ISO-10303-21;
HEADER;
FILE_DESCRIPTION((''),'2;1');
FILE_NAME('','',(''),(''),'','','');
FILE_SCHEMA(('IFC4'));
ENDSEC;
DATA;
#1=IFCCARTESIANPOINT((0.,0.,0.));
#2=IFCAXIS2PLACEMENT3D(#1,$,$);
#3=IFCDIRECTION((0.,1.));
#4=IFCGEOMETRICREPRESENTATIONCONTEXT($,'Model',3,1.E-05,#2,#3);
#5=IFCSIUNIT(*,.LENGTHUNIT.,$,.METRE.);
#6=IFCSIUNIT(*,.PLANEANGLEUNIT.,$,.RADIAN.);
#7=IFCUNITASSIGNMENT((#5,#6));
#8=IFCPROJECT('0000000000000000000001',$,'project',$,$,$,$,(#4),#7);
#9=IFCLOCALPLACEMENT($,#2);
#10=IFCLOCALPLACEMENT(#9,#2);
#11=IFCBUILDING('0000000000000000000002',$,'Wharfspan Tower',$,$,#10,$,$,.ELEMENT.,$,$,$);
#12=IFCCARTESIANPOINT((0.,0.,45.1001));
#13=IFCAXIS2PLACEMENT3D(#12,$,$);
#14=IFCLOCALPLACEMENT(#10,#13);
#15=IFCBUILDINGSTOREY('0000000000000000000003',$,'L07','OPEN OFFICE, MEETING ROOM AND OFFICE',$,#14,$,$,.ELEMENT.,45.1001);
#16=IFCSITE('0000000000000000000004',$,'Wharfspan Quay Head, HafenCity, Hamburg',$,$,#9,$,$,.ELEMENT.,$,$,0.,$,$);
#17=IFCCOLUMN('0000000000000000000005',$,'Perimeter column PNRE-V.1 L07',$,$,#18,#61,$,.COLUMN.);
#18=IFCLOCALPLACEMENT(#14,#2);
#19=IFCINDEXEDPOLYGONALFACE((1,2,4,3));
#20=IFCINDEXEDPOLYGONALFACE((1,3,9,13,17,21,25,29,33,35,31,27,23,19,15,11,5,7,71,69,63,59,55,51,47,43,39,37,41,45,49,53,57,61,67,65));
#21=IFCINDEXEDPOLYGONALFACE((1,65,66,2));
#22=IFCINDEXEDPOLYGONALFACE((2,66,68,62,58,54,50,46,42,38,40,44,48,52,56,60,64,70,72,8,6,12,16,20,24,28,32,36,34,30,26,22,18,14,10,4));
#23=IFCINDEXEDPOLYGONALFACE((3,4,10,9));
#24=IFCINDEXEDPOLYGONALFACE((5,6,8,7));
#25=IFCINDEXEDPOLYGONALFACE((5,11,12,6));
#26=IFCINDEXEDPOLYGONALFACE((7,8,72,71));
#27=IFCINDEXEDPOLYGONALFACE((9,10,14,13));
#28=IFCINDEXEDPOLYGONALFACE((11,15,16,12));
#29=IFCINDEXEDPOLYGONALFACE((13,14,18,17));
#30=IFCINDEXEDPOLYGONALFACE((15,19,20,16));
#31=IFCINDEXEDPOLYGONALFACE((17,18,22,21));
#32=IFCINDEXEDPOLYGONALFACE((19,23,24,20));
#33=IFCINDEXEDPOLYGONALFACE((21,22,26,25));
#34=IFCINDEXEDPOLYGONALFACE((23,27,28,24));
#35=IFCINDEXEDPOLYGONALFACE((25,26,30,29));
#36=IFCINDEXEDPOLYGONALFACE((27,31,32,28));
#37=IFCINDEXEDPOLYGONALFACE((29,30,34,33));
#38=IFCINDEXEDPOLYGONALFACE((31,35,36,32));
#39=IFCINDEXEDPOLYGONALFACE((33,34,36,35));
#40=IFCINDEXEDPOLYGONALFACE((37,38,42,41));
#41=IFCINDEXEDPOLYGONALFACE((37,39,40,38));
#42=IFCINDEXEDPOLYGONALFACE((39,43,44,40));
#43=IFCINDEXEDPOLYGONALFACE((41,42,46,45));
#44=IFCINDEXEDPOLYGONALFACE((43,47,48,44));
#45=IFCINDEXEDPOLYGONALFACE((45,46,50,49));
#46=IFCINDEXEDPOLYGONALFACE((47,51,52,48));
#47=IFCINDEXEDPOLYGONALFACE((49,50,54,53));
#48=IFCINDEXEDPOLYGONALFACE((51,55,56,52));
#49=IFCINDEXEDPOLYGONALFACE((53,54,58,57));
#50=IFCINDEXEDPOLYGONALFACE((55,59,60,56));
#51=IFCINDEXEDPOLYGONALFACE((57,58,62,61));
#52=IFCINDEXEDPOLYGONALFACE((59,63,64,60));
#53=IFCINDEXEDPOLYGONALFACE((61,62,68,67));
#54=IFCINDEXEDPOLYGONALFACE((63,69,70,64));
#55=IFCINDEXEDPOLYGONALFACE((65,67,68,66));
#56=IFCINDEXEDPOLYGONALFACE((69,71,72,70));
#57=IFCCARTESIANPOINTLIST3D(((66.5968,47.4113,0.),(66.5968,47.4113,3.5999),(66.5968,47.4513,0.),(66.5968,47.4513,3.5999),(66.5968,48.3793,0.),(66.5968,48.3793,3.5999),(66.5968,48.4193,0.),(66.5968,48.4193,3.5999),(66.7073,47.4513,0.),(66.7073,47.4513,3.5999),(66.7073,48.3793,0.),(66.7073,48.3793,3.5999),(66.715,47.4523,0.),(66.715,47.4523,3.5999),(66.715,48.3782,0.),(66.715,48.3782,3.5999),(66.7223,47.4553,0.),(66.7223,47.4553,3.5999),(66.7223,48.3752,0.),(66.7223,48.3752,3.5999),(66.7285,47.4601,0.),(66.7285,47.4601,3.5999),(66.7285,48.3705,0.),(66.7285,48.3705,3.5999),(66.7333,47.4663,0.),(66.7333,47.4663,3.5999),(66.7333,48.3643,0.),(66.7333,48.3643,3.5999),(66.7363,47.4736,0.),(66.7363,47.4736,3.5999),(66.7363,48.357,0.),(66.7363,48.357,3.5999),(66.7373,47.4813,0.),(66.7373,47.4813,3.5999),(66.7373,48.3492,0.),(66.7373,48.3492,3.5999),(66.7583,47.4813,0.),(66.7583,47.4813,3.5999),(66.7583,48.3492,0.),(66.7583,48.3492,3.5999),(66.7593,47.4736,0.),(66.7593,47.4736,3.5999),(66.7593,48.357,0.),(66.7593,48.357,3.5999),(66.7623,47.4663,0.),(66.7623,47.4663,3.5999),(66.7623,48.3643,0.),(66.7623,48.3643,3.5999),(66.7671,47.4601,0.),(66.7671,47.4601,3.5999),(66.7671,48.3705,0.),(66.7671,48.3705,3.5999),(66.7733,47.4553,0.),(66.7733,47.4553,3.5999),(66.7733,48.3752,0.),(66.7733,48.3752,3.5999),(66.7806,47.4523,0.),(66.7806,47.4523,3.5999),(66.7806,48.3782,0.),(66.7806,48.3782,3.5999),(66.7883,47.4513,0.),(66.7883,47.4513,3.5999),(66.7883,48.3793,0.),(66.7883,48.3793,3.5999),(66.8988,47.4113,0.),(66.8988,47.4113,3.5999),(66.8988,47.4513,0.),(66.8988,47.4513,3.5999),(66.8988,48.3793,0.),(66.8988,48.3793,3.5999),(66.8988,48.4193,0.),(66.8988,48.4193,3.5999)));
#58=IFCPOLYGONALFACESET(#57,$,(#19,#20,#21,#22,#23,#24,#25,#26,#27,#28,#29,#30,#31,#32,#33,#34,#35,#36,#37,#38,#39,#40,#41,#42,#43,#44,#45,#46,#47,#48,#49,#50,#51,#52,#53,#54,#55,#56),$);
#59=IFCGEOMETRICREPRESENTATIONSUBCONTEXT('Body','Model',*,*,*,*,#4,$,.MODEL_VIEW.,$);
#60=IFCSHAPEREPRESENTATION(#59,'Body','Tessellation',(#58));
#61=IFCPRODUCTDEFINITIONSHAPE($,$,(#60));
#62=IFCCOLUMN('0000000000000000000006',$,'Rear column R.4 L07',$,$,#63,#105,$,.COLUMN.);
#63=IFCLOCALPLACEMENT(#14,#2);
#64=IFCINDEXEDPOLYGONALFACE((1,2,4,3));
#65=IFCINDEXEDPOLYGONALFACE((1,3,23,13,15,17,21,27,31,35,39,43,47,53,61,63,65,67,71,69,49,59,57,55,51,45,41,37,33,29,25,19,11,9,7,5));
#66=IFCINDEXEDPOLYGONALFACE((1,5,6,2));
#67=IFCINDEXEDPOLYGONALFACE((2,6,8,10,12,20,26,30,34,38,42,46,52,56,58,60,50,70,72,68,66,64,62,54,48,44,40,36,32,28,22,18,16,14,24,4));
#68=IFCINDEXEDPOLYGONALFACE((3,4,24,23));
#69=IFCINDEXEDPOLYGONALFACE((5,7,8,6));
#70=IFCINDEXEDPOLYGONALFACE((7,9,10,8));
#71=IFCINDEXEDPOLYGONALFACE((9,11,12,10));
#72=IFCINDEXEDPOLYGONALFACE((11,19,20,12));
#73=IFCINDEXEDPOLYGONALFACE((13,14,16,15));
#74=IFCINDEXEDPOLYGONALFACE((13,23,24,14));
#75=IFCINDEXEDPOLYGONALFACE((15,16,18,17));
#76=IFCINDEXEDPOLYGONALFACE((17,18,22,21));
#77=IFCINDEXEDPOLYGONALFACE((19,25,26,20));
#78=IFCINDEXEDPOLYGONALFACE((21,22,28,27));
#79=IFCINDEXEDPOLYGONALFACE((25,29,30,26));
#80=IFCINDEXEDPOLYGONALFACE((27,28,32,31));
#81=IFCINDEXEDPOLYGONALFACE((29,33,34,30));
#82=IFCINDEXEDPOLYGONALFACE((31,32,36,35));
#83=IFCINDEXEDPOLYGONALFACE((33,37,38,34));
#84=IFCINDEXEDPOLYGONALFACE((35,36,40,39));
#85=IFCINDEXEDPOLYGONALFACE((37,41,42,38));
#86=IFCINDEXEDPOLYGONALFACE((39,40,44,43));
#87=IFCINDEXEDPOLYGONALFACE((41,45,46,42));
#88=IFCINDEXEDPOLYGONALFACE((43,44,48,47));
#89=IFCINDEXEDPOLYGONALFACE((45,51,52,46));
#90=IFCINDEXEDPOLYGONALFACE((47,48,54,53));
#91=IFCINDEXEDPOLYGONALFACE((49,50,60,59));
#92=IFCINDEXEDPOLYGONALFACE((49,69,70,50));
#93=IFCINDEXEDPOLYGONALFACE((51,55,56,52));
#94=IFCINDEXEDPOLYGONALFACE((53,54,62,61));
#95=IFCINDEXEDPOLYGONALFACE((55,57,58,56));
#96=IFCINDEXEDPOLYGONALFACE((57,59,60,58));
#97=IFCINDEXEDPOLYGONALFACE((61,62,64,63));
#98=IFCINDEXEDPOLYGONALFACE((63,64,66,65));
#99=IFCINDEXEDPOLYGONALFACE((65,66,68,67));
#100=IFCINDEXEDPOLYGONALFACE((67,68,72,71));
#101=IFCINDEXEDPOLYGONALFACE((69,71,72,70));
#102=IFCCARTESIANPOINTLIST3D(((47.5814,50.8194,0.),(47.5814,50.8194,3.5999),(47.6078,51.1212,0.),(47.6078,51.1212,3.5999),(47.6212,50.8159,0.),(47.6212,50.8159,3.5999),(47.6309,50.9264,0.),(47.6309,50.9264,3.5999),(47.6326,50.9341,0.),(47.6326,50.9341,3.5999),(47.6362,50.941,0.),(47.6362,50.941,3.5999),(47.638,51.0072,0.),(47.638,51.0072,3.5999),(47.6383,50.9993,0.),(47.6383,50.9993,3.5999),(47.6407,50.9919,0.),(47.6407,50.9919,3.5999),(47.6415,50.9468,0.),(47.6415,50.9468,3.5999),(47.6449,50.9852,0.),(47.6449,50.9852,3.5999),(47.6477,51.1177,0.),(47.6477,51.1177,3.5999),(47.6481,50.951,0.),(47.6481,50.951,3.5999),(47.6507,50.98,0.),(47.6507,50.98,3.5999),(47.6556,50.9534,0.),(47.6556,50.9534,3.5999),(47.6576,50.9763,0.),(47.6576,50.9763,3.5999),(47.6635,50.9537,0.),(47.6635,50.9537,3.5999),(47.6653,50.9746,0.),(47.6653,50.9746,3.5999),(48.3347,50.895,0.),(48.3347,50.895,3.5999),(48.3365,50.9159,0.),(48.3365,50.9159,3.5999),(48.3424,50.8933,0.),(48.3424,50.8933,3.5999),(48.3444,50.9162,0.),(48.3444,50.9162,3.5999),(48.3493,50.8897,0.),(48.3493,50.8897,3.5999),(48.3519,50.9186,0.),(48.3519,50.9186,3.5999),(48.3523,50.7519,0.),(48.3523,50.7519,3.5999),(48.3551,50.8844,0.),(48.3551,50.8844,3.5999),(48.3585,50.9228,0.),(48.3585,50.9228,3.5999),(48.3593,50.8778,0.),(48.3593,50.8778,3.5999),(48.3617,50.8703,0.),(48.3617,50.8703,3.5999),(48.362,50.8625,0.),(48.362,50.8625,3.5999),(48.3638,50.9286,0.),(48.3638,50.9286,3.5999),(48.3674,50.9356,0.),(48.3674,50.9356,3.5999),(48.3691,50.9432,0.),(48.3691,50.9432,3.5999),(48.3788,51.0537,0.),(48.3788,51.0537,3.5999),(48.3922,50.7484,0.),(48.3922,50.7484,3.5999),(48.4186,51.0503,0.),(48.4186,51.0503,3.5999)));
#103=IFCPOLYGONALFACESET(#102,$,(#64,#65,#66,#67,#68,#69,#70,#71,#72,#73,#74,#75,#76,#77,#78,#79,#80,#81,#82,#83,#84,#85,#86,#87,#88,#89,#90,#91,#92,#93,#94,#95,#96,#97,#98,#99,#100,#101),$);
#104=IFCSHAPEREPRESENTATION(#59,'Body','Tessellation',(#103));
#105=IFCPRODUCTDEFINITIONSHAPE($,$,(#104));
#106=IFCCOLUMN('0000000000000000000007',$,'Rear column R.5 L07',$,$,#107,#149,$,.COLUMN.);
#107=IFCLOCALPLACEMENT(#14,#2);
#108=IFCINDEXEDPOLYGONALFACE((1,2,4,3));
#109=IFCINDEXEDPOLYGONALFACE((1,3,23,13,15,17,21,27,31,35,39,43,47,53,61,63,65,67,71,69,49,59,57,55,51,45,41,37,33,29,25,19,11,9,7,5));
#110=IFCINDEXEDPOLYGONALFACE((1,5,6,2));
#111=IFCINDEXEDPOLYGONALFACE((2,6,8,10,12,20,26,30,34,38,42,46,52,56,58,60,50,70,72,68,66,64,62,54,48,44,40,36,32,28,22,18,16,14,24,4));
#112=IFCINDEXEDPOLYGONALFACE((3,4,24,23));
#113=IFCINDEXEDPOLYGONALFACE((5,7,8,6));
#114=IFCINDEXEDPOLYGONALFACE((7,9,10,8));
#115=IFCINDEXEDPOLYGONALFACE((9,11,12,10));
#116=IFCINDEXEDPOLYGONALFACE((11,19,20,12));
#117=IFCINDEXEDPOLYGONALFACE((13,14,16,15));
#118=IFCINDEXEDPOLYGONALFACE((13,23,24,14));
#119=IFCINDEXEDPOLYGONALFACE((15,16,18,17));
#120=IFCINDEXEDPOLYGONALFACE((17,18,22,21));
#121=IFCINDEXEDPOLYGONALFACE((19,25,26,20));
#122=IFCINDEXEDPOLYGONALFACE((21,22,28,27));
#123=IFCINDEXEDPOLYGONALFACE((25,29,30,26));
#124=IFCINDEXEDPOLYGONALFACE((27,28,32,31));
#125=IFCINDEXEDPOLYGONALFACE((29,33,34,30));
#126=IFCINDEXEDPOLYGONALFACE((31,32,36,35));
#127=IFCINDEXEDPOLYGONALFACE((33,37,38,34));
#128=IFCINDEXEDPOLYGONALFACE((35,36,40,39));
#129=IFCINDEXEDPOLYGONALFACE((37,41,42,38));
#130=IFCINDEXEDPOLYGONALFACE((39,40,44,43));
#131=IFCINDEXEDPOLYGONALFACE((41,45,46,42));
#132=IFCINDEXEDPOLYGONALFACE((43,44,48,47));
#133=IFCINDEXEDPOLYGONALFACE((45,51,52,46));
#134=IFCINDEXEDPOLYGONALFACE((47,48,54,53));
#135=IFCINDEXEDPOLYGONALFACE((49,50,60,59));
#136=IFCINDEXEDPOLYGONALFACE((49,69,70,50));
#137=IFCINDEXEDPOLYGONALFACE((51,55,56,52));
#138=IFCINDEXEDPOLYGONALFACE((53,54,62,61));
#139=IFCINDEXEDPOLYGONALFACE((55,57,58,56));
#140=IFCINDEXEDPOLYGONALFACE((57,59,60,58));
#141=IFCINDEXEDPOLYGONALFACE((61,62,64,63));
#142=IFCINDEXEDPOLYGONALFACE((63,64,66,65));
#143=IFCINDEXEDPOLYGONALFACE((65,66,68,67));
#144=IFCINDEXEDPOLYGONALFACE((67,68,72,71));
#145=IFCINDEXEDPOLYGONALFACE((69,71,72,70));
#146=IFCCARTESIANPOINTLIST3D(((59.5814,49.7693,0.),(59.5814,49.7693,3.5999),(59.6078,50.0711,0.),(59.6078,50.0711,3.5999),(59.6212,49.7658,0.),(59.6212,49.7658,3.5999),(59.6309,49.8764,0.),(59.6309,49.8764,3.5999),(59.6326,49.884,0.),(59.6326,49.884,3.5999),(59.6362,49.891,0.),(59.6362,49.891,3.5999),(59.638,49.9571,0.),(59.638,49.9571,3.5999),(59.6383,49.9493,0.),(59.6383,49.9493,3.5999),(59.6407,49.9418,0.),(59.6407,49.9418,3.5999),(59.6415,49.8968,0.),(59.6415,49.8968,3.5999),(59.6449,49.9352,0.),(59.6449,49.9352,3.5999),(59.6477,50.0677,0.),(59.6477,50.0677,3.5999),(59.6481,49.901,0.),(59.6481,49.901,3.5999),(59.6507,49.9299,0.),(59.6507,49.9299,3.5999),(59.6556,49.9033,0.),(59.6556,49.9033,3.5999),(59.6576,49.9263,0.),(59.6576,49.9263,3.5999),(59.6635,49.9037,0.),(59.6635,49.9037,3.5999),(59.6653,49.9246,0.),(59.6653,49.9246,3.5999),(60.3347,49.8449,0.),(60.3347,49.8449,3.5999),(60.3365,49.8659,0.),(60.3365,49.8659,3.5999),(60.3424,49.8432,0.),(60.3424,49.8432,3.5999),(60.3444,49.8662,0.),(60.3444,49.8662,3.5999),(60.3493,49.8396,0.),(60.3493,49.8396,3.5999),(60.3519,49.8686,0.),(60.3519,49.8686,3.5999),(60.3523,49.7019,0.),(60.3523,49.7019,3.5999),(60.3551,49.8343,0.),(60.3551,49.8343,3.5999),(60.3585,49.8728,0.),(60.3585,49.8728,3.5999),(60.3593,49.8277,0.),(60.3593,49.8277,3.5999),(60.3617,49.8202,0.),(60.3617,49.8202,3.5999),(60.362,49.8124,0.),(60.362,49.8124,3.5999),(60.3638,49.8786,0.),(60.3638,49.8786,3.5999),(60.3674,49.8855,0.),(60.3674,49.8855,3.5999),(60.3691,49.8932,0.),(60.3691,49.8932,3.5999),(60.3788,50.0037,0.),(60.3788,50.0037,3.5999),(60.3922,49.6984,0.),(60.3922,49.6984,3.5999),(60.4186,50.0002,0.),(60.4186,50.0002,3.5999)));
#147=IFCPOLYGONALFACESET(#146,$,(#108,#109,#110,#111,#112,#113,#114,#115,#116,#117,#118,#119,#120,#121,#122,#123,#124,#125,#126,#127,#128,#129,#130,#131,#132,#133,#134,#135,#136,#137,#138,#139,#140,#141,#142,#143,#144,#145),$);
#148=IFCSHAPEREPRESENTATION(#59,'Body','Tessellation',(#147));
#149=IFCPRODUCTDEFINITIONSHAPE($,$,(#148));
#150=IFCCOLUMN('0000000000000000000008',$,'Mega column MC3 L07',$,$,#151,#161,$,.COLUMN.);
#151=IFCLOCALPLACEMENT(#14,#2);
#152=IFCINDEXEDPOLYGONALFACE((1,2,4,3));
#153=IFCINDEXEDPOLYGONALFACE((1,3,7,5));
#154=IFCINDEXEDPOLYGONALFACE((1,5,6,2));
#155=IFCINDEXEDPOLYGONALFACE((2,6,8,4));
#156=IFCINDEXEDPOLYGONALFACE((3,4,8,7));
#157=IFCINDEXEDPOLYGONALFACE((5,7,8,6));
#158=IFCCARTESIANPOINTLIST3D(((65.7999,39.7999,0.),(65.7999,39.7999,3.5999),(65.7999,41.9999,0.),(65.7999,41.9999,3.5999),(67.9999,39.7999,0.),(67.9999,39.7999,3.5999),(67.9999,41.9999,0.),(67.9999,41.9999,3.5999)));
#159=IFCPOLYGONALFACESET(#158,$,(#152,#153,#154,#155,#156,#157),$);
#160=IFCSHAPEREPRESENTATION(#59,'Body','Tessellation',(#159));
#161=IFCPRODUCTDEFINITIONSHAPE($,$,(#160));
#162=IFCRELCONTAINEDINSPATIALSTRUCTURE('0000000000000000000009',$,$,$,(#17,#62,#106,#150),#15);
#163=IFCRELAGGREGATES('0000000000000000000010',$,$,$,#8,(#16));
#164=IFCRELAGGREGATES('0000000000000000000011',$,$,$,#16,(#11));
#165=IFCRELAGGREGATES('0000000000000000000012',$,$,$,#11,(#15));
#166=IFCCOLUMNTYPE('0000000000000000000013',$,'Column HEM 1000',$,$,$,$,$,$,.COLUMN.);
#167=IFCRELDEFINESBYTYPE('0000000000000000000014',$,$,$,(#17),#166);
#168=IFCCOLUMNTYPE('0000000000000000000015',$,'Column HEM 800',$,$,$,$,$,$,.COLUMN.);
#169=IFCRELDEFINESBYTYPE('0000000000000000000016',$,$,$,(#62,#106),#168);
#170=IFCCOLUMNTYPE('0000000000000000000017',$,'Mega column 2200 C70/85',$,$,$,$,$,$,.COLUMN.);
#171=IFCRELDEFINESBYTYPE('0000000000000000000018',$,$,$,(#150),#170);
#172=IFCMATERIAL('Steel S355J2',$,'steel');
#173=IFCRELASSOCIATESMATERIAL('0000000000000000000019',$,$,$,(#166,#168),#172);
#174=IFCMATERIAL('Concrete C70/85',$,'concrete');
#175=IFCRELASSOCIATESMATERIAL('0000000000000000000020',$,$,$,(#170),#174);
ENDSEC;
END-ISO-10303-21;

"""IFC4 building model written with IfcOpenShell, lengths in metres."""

from ifc_helpers import new_model, si_unit, direction, frame, origin, origin_2d, place, context, subcontext, project, spatial, rectangle, i_section, extrude, material, material_profile, profile_set, type_object, element, save


model = new_model("IFC4")

# Units and contexts
model_context = context("Model", 3, precision=1e-05, world=origin(), true_north=direction((0.0, 1.0)))
body_context = subcontext(model_context, "Body", "Model", "MODEL_VIEW")
ifc_project = project(units=[si_unit("LENGTHUNIT", "METRE"), si_unit("PLANEANGLEUNIT", "RADIAN")], contexts=[model_context])

# Site, building, storey
site_placement = place(None, origin())
site = spatial("IfcSite", under=ifc_project, at=site_placement, Name="Wharfspan Quay Head, HafenCity, Hamburg", CompositionType="ELEMENT", RefElevation=0.0)
building_placement = place(site_placement, origin())
building = spatial("IfcBuilding", under=site, at=building_placement, Name="Wharfspan Tower", CompositionType="ELEMENT")
storey_placement = place(building_placement, frame((0.0, 0.0, 45.1001)))
storey = spatial("IfcBuildingStorey", under=building, at=storey_placement, Name="L07", Description="OPEN OFFICE, MEETING ROOM AND OFFICE", CompositionType="ELEMENT", Elevation=45.1001)

# Columns
ifc_material_1 = material(Name="Steel S355J2", Category="steel")
ifc_material_profile_1 = material_profile(ifc_material_1, i_section(OverallWidth=0.302, OverallDepth=1.0081, WebThickness=0.021, FlangeThickness=0.04, FilletRadius=0.03, at=origin_2d()))
ifc_profile_set_1 = profile_set([ifc_material_profile_1], Name="Steel S355J2")
column_type_1 = type_object("IfcColumnType", Name="Column HEM 1000", PredefinedType="COLUMN", material=ifc_profile_set_1)
column_1_placement = place(storey_placement, frame((66.7478, 47.9153, 0.0), z_axis=(0.0, 0.0, 1.0), x_axis=(1.0, 0.0, 0.0)))
element("IfcColumn", 1, at=column_1_placement, inside=storey, type_object=column_type_1, Name="Perimeter column PNRE-V.1 L07", PredefinedType="COLUMN", context=body_context, shape_type="SweptSolid", body=[
    extrude(i_section(OverallWidth=0.302, OverallDepth=1.0081, WebThickness=0.021, FlangeThickness=0.04, FilletRadius=0.03, at=origin_2d()), origin(), (0.0, 0.0, 1.0), 3.5999),
])
ifc_material_profile_2 = material_profile(ifc_material_1, i_section(OverallWidth=0.303, OverallDepth=0.814, WebThickness=0.021, FlangeThickness=0.04, FilletRadius=0.03, at=origin_2d()))
ifc_profile_set_2 = profile_set([ifc_material_profile_2], Name="Steel S355J2")
column_type_2 = type_object("IfcColumnType", Name="Column HEM 800", PredefinedType="COLUMN", material=ifc_profile_set_2)
for number, where, z_axis, x_axis, name in (
    (2, (48.0, 50.9348, 0.0), (0.0, 0.0, 1.0), (0.087156, 0.996197, 0.0), "Rear column R.4 L07"),
    (3, (60.0, 49.8848, 0.0), (0.0, 0.0, 1.0), (0.087156, 0.996197, 0.0), "Rear column R.5 L07"),
):
    element("IfcColumn", number, at=place(storey_placement, frame(where, z_axis=z_axis, x_axis=x_axis)), inside=storey, type_object=column_type_2, Name=name, PredefinedType="COLUMN", context=body_context, shape_type="SweptSolid", body=[
        extrude(i_section(OverallWidth=0.303, OverallDepth=0.814, WebThickness=0.021, FlangeThickness=0.04, FilletRadius=0.03, at=origin_2d()), origin(), (0.0, 0.0, 1.0), 3.5999),
    ])
ifc_material_2 = material(Name="Concrete C70/85", Category="concrete")
ifc_material_profile_3 = material_profile(ifc_material_2, rectangle(XDim=2.2, YDim=2.2, at=origin_2d()))
ifc_profile_set_3 = profile_set([ifc_material_profile_3], Name="Concrete C70/85")
column_type_3 = type_object("IfcColumnType", Name="Mega column 2200 C70/85", PredefinedType="COLUMN", material=ifc_profile_set_3)
column_2_placement = place(storey_placement, frame((66.8999, 40.8999, 0.0), z_axis=(0.0, 0.0, 1.0), x_axis=(1.0, 0.0, 0.0)))
element("IfcColumn", 4, at=column_2_placement, inside=storey, type_object=column_type_3, Name="Mega column MC3 L07", PredefinedType="COLUMN", context=body_context, shape_type="SweptSolid", body=[
    extrude(rectangle(XDim=2.2, YDim=2.2, at=origin_2d()), origin(), (0.0, 0.0, 1.0), 3.5999),
])

save(model, "model.ifc")
